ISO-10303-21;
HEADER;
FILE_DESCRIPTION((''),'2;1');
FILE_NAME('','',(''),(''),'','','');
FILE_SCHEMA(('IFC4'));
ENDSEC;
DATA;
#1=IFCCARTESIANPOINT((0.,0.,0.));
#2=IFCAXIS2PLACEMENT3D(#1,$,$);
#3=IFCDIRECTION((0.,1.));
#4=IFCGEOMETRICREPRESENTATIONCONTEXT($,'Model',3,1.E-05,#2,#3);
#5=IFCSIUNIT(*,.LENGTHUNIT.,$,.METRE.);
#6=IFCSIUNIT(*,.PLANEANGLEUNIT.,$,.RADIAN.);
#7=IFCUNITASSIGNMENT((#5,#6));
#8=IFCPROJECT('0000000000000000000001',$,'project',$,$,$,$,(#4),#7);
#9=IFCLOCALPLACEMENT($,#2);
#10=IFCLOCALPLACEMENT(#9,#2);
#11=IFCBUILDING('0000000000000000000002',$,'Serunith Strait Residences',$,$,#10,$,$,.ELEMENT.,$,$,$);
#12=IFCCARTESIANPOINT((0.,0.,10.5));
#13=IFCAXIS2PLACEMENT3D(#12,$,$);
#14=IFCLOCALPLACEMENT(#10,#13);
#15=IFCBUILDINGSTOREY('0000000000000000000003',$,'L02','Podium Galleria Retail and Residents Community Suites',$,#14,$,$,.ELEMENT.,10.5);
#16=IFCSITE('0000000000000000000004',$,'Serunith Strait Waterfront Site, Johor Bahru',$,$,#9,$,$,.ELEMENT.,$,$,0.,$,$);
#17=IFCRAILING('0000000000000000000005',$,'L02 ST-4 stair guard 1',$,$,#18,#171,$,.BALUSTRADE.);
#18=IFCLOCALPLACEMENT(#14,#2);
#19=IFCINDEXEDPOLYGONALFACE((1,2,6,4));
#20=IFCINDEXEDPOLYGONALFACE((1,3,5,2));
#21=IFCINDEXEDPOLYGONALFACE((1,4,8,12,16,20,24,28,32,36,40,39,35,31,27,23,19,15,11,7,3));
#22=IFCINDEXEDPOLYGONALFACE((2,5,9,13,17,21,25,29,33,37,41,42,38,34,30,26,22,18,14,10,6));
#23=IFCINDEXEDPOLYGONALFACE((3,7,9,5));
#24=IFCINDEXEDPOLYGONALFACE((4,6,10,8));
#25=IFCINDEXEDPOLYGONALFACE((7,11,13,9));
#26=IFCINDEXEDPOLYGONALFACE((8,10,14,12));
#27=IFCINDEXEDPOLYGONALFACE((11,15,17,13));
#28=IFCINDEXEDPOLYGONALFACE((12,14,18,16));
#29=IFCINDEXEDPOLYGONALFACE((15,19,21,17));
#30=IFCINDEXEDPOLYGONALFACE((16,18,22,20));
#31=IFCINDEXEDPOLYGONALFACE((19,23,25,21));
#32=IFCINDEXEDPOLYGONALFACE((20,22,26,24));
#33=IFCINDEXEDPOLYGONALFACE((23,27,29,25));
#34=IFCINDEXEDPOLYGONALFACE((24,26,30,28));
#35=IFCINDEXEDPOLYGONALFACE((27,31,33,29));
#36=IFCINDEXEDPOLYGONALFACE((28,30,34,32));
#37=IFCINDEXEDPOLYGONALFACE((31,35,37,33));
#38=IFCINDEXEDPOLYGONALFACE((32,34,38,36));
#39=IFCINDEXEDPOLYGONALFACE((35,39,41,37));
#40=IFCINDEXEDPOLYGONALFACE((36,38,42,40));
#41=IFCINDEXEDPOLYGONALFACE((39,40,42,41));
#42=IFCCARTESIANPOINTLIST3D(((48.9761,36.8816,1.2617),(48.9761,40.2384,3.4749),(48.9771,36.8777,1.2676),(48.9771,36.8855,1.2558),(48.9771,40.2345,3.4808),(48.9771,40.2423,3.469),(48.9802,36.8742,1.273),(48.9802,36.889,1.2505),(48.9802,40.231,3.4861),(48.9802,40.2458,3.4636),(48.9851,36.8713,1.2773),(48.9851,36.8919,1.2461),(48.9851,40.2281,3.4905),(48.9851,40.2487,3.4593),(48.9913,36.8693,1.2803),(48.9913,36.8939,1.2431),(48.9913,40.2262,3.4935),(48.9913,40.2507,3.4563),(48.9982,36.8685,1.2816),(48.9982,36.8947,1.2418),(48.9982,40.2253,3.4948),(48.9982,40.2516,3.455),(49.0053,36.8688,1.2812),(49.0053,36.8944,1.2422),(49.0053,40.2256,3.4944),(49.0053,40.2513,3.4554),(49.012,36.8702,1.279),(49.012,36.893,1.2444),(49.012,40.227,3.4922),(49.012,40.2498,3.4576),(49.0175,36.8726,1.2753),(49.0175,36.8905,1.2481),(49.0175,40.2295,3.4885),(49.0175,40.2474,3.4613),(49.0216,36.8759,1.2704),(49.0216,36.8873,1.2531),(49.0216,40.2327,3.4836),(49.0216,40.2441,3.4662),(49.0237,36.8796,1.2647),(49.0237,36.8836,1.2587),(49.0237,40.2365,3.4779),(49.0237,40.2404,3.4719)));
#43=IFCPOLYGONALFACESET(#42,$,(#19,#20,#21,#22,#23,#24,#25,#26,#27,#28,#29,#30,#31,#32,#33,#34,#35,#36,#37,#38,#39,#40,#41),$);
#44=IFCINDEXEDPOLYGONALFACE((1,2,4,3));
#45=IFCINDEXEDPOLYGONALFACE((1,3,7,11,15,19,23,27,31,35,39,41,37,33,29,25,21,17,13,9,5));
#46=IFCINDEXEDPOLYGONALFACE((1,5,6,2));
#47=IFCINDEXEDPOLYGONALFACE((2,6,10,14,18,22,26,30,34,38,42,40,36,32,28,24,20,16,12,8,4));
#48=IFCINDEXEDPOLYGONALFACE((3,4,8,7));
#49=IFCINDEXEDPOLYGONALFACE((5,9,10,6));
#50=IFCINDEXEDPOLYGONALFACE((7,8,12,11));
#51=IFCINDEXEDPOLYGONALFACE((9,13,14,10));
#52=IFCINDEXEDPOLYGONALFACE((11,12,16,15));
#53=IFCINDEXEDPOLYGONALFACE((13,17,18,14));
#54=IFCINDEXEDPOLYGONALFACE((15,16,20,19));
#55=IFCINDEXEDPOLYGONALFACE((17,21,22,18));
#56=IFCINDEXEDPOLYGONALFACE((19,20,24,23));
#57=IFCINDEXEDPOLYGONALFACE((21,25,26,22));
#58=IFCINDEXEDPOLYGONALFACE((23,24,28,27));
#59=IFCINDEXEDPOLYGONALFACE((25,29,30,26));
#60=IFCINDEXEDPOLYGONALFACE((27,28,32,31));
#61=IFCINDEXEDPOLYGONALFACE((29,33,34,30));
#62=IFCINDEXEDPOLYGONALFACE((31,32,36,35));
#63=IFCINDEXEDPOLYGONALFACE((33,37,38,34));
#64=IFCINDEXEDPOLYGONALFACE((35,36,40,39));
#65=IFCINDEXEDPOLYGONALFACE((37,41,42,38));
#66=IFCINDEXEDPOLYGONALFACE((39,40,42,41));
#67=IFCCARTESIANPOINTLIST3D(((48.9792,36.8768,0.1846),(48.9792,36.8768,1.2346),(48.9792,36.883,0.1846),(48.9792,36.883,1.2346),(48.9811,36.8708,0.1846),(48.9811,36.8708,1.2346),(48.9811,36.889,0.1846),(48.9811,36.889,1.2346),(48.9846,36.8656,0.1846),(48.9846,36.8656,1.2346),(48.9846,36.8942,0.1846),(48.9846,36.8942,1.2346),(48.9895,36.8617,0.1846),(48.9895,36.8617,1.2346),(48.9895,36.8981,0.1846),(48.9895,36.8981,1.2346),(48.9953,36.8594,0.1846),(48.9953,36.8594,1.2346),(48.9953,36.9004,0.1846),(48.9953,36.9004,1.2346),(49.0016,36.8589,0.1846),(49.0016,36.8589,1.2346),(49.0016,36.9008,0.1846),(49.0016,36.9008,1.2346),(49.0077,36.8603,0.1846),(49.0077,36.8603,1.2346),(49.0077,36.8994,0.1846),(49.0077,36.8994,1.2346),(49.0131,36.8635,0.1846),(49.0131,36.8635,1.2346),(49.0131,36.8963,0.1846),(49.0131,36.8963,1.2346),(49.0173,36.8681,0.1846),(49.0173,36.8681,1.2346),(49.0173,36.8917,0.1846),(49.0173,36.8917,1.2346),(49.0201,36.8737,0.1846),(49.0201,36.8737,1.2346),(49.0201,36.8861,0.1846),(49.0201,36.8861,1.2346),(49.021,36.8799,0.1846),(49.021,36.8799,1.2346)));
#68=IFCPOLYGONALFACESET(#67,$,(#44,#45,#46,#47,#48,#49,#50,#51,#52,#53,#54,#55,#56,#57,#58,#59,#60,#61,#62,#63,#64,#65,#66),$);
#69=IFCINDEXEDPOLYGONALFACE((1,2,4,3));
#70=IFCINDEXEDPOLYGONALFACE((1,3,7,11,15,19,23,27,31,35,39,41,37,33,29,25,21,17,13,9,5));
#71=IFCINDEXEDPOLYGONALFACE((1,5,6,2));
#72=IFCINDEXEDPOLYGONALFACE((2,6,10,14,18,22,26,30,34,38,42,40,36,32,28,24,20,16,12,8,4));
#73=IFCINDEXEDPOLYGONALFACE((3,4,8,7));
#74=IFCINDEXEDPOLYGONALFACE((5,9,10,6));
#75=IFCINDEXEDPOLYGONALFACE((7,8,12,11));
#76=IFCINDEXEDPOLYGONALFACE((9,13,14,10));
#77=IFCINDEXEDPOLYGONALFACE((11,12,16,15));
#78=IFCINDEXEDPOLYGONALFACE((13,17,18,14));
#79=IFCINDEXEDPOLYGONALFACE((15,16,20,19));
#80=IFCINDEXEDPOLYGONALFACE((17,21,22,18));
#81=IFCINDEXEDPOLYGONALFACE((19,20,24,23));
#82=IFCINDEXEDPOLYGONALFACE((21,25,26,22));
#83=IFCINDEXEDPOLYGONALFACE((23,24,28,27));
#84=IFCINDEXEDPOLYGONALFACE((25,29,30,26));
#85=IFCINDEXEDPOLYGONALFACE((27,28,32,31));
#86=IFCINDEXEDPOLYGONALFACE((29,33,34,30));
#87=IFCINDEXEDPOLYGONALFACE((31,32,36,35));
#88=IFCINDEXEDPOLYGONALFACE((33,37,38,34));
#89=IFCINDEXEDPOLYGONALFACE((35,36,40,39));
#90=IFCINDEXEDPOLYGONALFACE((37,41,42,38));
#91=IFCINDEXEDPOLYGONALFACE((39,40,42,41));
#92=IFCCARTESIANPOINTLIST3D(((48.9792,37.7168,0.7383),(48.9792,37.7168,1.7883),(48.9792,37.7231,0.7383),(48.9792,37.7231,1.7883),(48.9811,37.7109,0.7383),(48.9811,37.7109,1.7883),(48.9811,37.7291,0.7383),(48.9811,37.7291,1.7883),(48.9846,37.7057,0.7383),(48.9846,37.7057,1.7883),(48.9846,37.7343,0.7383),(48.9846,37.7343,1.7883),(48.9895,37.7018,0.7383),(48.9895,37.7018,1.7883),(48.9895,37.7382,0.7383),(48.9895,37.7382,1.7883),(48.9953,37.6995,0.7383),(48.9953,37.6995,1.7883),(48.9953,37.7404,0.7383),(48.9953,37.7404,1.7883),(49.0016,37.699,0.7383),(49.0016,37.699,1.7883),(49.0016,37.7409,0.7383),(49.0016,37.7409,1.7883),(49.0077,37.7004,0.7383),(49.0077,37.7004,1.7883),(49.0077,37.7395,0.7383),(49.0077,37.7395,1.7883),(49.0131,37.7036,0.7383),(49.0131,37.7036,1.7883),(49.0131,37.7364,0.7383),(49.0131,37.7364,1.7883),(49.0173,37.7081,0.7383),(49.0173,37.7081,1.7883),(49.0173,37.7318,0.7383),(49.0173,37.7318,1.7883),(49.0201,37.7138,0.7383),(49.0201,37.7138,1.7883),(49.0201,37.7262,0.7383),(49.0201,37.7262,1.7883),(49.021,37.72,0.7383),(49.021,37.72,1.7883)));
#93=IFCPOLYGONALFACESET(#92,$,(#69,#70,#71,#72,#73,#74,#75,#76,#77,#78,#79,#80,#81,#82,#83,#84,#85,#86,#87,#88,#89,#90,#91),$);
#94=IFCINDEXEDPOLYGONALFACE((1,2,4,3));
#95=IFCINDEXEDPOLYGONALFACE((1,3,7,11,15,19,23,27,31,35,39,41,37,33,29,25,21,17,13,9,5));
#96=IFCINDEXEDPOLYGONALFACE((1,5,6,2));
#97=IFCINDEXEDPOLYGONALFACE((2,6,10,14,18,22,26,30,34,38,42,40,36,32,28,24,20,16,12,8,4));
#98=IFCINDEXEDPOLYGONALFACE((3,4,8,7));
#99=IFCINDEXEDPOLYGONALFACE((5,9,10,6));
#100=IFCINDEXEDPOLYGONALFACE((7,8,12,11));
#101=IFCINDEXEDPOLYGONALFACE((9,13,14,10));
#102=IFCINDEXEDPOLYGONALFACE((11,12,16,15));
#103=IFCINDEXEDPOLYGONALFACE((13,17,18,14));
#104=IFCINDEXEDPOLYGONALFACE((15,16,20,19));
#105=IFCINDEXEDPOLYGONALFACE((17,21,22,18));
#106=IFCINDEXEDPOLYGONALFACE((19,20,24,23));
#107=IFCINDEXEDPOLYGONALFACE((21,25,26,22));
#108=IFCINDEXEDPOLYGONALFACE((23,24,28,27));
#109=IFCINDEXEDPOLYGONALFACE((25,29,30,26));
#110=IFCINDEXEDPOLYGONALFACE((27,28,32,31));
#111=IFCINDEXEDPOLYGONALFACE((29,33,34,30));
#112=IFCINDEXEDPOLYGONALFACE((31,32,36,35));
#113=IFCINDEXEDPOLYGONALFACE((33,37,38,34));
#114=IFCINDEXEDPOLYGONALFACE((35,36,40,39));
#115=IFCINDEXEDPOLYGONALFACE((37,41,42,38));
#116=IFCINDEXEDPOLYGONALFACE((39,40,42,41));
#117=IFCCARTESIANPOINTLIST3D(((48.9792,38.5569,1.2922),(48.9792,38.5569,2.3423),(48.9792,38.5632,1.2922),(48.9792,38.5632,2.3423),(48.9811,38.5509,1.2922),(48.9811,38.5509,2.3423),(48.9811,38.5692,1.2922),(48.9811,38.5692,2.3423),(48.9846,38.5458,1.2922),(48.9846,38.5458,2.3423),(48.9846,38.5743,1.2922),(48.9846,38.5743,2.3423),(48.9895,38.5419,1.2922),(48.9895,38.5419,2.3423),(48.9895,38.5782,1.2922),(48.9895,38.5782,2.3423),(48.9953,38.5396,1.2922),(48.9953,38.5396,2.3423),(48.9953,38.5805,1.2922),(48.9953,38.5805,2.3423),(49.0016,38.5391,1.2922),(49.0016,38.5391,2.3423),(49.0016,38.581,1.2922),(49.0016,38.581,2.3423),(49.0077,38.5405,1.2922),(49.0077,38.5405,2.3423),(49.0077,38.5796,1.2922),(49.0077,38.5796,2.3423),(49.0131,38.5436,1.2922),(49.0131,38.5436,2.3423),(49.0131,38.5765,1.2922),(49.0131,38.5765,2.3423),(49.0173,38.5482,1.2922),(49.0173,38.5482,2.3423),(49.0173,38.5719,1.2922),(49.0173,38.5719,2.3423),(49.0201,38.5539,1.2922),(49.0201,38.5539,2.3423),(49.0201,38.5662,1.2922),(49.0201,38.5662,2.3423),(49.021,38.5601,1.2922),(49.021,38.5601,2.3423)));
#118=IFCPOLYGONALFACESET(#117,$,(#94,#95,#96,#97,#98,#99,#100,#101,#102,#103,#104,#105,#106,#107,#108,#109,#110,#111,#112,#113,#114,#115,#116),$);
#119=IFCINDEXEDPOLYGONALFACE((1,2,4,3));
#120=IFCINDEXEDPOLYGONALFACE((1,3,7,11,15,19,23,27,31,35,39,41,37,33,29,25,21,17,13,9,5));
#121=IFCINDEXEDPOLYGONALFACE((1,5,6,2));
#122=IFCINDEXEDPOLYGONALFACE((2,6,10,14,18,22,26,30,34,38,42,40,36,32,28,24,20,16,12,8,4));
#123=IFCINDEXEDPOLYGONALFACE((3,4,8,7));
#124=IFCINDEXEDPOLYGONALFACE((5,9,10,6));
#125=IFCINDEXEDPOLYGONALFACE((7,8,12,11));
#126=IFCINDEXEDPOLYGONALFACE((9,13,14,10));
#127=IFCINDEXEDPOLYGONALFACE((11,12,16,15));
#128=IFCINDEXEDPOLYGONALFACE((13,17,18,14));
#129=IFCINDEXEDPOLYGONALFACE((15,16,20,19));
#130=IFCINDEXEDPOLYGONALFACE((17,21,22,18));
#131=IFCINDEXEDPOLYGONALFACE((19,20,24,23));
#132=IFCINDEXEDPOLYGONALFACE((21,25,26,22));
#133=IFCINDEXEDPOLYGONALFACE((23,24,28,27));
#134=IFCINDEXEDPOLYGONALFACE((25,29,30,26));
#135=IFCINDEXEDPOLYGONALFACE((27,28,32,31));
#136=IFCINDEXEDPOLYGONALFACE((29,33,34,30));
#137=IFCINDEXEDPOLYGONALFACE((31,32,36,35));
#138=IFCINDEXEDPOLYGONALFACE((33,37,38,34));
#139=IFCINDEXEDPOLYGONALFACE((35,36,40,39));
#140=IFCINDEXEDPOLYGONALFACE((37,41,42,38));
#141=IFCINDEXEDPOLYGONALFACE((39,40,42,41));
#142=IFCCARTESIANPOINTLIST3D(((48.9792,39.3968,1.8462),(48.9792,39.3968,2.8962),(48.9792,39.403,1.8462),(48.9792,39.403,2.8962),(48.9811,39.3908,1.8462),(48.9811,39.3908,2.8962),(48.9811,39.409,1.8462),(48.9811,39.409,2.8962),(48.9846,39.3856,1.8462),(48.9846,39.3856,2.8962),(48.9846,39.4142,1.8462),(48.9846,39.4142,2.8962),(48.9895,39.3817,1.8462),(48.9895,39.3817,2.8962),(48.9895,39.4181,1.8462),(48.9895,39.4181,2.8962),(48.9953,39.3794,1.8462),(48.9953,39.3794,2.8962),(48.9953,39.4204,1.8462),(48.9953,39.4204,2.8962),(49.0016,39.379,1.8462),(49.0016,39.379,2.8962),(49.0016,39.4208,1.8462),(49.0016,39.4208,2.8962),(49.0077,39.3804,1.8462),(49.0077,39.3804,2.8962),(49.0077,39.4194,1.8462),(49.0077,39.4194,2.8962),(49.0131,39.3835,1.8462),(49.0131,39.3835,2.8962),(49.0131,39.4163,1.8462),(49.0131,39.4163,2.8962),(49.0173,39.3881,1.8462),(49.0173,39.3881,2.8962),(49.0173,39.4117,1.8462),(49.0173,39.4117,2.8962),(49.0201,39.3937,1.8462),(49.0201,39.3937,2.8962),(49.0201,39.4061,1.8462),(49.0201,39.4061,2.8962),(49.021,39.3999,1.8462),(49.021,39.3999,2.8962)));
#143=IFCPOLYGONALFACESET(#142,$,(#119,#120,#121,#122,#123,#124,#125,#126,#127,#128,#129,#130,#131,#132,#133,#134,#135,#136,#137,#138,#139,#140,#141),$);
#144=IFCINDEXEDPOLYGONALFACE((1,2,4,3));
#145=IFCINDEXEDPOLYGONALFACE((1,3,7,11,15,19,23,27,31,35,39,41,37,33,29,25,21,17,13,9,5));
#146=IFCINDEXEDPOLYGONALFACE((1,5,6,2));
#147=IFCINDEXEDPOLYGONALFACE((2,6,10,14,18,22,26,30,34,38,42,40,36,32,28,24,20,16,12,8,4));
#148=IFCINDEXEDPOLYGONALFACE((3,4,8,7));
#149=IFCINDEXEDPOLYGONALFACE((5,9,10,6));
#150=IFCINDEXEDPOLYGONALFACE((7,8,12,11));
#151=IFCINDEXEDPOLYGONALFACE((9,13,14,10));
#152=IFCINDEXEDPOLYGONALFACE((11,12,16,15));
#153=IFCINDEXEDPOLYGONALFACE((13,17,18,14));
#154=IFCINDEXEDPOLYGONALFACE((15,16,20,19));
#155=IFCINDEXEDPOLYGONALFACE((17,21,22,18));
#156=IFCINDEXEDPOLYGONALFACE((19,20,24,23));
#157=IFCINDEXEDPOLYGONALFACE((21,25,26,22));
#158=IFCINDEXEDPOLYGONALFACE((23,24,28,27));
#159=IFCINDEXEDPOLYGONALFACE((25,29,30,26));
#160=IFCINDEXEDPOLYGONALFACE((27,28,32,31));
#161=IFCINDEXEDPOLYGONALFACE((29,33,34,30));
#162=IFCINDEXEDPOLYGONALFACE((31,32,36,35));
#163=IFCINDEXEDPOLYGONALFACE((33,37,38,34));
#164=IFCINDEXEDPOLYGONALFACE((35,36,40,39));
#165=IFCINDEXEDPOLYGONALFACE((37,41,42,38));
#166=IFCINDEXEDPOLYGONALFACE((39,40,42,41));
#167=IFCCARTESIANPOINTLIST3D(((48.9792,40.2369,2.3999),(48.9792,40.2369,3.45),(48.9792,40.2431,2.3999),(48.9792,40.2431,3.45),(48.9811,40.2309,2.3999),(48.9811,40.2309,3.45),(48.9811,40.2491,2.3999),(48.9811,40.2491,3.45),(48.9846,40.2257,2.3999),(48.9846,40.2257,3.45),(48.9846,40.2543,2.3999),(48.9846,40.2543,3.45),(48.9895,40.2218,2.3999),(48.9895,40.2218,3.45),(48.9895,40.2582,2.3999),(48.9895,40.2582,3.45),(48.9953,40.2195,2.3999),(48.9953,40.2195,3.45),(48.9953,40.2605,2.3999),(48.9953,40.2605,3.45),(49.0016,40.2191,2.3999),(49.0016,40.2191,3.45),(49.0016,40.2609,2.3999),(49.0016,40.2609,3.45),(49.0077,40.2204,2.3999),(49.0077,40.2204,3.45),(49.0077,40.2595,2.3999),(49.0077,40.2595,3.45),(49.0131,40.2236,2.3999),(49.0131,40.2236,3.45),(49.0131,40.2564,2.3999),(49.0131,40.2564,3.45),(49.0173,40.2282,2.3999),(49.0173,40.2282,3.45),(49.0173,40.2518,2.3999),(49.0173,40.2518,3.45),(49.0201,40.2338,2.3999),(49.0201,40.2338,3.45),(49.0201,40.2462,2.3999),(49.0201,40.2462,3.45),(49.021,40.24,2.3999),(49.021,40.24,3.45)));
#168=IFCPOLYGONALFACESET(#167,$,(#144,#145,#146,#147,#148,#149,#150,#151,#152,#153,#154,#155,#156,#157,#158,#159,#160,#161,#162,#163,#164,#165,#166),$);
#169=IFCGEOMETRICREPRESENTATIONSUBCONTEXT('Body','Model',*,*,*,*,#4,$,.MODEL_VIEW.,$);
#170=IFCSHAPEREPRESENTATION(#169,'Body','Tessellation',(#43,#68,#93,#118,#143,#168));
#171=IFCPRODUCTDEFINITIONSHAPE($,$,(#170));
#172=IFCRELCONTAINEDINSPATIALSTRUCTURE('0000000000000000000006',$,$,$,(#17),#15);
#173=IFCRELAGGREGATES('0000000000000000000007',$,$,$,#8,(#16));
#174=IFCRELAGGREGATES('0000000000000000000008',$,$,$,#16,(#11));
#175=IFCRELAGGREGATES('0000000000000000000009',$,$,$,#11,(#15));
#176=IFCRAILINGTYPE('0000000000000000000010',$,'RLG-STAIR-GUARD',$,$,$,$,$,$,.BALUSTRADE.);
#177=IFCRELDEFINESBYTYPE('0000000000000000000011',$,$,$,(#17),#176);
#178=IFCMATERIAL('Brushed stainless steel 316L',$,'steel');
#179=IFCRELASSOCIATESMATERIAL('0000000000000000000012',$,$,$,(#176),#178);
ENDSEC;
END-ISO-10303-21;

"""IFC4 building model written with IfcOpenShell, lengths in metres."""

from ifc_helpers import new_model, si_unit, direction, frame, origin, origin_2d, place, context, subcontext, project, spatial, circle, extrude, material, type_object, element, save


model = new_model("IFC4")

# Units and contexts
model_context = context("Model", 3, precision=1e-05, world=origin(), true_north=direction((0.0, 1.0)))
body_context = subcontext(model_context, "Body", "Model", "MODEL_VIEW")
ifc_project = project(units=[si_unit("LENGTHUNIT", "METRE"), si_unit("PLANEANGLEUNIT", "RADIAN")], contexts=[model_context])

# Site, building, storey
site_placement = place(None, origin())
site = spatial("IfcSite", under=ifc_project, at=site_placement, Name="Serunith Strait Waterfront Site, Johor Bahru", CompositionType="ELEMENT", RefElevation=0.0)
building_placement = place(site_placement, origin())
building = spatial("IfcBuilding", under=site, at=building_placement, Name="Serunith Strait Residences", CompositionType="ELEMENT")
storey_placement = place(building_placement, frame((0.0, 0.0, 10.5)))
storey = spatial("IfcBuildingStorey", under=building, at=storey_placement, Name="L02", Description="Podium Galleria Retail and Residents Community Suites", CompositionType="ELEMENT", Elevation=10.5)

# Railing
ifc_material_1 = material(Name="Brushed stainless steel 316L", Category="steel")
railing_type_1 = type_object("IfcRailingType", Name="RLG-STAIR-GUARD", PredefinedType="BALUSTRADE", material=ifc_material_1)
railing_1_placement = place(storey_placement, frame((49.0, 36.8799, 0.1846)))
element("IfcRailing", 1, at=railing_1_placement, inside=storey, type_object=railing_type_1, Name="L02 ST-4 stair guard 1", PredefinedType="BALUSTRADE", context=body_context, shape_type="SweptSolid", body=[
    extrude(circle(Radius=0.0239, at=origin_2d()), frame((0.0, 0.0017, 1.0771), z_axis=(0.0, 0.834876, 0.550437), x_axis=(-1.0, 0.0, 0.0)), (0.0, 0.0, 1.0), 4.0208),
    extrude(circle(Radius=0.021, at=origin_2d()), origin(), (0.0, 0.0, 1.0), 1.05),
    extrude(circle(Radius=0.021, at=origin_2d()), frame((0.0, 0.8401, 0.5537)), (0.0, 0.0, 1.0), 1.05),
    extrude(circle(Radius=0.021, at=origin_2d()), frame((0.0, 1.6802, 1.1077)), (0.0, 0.0, 1.0), 1.05),
    extrude(circle(Radius=0.021, at=origin_2d()), frame((0.0, 2.52, 1.6616)), (0.0, 0.0, 1.0), 1.05),
    extrude(circle(Radius=0.021, at=origin_2d()), frame((0.0, 3.3601, 2.2153)), (0.0, 0.0, 1.0), 1.05),
])

save(model, "model.ifc")
